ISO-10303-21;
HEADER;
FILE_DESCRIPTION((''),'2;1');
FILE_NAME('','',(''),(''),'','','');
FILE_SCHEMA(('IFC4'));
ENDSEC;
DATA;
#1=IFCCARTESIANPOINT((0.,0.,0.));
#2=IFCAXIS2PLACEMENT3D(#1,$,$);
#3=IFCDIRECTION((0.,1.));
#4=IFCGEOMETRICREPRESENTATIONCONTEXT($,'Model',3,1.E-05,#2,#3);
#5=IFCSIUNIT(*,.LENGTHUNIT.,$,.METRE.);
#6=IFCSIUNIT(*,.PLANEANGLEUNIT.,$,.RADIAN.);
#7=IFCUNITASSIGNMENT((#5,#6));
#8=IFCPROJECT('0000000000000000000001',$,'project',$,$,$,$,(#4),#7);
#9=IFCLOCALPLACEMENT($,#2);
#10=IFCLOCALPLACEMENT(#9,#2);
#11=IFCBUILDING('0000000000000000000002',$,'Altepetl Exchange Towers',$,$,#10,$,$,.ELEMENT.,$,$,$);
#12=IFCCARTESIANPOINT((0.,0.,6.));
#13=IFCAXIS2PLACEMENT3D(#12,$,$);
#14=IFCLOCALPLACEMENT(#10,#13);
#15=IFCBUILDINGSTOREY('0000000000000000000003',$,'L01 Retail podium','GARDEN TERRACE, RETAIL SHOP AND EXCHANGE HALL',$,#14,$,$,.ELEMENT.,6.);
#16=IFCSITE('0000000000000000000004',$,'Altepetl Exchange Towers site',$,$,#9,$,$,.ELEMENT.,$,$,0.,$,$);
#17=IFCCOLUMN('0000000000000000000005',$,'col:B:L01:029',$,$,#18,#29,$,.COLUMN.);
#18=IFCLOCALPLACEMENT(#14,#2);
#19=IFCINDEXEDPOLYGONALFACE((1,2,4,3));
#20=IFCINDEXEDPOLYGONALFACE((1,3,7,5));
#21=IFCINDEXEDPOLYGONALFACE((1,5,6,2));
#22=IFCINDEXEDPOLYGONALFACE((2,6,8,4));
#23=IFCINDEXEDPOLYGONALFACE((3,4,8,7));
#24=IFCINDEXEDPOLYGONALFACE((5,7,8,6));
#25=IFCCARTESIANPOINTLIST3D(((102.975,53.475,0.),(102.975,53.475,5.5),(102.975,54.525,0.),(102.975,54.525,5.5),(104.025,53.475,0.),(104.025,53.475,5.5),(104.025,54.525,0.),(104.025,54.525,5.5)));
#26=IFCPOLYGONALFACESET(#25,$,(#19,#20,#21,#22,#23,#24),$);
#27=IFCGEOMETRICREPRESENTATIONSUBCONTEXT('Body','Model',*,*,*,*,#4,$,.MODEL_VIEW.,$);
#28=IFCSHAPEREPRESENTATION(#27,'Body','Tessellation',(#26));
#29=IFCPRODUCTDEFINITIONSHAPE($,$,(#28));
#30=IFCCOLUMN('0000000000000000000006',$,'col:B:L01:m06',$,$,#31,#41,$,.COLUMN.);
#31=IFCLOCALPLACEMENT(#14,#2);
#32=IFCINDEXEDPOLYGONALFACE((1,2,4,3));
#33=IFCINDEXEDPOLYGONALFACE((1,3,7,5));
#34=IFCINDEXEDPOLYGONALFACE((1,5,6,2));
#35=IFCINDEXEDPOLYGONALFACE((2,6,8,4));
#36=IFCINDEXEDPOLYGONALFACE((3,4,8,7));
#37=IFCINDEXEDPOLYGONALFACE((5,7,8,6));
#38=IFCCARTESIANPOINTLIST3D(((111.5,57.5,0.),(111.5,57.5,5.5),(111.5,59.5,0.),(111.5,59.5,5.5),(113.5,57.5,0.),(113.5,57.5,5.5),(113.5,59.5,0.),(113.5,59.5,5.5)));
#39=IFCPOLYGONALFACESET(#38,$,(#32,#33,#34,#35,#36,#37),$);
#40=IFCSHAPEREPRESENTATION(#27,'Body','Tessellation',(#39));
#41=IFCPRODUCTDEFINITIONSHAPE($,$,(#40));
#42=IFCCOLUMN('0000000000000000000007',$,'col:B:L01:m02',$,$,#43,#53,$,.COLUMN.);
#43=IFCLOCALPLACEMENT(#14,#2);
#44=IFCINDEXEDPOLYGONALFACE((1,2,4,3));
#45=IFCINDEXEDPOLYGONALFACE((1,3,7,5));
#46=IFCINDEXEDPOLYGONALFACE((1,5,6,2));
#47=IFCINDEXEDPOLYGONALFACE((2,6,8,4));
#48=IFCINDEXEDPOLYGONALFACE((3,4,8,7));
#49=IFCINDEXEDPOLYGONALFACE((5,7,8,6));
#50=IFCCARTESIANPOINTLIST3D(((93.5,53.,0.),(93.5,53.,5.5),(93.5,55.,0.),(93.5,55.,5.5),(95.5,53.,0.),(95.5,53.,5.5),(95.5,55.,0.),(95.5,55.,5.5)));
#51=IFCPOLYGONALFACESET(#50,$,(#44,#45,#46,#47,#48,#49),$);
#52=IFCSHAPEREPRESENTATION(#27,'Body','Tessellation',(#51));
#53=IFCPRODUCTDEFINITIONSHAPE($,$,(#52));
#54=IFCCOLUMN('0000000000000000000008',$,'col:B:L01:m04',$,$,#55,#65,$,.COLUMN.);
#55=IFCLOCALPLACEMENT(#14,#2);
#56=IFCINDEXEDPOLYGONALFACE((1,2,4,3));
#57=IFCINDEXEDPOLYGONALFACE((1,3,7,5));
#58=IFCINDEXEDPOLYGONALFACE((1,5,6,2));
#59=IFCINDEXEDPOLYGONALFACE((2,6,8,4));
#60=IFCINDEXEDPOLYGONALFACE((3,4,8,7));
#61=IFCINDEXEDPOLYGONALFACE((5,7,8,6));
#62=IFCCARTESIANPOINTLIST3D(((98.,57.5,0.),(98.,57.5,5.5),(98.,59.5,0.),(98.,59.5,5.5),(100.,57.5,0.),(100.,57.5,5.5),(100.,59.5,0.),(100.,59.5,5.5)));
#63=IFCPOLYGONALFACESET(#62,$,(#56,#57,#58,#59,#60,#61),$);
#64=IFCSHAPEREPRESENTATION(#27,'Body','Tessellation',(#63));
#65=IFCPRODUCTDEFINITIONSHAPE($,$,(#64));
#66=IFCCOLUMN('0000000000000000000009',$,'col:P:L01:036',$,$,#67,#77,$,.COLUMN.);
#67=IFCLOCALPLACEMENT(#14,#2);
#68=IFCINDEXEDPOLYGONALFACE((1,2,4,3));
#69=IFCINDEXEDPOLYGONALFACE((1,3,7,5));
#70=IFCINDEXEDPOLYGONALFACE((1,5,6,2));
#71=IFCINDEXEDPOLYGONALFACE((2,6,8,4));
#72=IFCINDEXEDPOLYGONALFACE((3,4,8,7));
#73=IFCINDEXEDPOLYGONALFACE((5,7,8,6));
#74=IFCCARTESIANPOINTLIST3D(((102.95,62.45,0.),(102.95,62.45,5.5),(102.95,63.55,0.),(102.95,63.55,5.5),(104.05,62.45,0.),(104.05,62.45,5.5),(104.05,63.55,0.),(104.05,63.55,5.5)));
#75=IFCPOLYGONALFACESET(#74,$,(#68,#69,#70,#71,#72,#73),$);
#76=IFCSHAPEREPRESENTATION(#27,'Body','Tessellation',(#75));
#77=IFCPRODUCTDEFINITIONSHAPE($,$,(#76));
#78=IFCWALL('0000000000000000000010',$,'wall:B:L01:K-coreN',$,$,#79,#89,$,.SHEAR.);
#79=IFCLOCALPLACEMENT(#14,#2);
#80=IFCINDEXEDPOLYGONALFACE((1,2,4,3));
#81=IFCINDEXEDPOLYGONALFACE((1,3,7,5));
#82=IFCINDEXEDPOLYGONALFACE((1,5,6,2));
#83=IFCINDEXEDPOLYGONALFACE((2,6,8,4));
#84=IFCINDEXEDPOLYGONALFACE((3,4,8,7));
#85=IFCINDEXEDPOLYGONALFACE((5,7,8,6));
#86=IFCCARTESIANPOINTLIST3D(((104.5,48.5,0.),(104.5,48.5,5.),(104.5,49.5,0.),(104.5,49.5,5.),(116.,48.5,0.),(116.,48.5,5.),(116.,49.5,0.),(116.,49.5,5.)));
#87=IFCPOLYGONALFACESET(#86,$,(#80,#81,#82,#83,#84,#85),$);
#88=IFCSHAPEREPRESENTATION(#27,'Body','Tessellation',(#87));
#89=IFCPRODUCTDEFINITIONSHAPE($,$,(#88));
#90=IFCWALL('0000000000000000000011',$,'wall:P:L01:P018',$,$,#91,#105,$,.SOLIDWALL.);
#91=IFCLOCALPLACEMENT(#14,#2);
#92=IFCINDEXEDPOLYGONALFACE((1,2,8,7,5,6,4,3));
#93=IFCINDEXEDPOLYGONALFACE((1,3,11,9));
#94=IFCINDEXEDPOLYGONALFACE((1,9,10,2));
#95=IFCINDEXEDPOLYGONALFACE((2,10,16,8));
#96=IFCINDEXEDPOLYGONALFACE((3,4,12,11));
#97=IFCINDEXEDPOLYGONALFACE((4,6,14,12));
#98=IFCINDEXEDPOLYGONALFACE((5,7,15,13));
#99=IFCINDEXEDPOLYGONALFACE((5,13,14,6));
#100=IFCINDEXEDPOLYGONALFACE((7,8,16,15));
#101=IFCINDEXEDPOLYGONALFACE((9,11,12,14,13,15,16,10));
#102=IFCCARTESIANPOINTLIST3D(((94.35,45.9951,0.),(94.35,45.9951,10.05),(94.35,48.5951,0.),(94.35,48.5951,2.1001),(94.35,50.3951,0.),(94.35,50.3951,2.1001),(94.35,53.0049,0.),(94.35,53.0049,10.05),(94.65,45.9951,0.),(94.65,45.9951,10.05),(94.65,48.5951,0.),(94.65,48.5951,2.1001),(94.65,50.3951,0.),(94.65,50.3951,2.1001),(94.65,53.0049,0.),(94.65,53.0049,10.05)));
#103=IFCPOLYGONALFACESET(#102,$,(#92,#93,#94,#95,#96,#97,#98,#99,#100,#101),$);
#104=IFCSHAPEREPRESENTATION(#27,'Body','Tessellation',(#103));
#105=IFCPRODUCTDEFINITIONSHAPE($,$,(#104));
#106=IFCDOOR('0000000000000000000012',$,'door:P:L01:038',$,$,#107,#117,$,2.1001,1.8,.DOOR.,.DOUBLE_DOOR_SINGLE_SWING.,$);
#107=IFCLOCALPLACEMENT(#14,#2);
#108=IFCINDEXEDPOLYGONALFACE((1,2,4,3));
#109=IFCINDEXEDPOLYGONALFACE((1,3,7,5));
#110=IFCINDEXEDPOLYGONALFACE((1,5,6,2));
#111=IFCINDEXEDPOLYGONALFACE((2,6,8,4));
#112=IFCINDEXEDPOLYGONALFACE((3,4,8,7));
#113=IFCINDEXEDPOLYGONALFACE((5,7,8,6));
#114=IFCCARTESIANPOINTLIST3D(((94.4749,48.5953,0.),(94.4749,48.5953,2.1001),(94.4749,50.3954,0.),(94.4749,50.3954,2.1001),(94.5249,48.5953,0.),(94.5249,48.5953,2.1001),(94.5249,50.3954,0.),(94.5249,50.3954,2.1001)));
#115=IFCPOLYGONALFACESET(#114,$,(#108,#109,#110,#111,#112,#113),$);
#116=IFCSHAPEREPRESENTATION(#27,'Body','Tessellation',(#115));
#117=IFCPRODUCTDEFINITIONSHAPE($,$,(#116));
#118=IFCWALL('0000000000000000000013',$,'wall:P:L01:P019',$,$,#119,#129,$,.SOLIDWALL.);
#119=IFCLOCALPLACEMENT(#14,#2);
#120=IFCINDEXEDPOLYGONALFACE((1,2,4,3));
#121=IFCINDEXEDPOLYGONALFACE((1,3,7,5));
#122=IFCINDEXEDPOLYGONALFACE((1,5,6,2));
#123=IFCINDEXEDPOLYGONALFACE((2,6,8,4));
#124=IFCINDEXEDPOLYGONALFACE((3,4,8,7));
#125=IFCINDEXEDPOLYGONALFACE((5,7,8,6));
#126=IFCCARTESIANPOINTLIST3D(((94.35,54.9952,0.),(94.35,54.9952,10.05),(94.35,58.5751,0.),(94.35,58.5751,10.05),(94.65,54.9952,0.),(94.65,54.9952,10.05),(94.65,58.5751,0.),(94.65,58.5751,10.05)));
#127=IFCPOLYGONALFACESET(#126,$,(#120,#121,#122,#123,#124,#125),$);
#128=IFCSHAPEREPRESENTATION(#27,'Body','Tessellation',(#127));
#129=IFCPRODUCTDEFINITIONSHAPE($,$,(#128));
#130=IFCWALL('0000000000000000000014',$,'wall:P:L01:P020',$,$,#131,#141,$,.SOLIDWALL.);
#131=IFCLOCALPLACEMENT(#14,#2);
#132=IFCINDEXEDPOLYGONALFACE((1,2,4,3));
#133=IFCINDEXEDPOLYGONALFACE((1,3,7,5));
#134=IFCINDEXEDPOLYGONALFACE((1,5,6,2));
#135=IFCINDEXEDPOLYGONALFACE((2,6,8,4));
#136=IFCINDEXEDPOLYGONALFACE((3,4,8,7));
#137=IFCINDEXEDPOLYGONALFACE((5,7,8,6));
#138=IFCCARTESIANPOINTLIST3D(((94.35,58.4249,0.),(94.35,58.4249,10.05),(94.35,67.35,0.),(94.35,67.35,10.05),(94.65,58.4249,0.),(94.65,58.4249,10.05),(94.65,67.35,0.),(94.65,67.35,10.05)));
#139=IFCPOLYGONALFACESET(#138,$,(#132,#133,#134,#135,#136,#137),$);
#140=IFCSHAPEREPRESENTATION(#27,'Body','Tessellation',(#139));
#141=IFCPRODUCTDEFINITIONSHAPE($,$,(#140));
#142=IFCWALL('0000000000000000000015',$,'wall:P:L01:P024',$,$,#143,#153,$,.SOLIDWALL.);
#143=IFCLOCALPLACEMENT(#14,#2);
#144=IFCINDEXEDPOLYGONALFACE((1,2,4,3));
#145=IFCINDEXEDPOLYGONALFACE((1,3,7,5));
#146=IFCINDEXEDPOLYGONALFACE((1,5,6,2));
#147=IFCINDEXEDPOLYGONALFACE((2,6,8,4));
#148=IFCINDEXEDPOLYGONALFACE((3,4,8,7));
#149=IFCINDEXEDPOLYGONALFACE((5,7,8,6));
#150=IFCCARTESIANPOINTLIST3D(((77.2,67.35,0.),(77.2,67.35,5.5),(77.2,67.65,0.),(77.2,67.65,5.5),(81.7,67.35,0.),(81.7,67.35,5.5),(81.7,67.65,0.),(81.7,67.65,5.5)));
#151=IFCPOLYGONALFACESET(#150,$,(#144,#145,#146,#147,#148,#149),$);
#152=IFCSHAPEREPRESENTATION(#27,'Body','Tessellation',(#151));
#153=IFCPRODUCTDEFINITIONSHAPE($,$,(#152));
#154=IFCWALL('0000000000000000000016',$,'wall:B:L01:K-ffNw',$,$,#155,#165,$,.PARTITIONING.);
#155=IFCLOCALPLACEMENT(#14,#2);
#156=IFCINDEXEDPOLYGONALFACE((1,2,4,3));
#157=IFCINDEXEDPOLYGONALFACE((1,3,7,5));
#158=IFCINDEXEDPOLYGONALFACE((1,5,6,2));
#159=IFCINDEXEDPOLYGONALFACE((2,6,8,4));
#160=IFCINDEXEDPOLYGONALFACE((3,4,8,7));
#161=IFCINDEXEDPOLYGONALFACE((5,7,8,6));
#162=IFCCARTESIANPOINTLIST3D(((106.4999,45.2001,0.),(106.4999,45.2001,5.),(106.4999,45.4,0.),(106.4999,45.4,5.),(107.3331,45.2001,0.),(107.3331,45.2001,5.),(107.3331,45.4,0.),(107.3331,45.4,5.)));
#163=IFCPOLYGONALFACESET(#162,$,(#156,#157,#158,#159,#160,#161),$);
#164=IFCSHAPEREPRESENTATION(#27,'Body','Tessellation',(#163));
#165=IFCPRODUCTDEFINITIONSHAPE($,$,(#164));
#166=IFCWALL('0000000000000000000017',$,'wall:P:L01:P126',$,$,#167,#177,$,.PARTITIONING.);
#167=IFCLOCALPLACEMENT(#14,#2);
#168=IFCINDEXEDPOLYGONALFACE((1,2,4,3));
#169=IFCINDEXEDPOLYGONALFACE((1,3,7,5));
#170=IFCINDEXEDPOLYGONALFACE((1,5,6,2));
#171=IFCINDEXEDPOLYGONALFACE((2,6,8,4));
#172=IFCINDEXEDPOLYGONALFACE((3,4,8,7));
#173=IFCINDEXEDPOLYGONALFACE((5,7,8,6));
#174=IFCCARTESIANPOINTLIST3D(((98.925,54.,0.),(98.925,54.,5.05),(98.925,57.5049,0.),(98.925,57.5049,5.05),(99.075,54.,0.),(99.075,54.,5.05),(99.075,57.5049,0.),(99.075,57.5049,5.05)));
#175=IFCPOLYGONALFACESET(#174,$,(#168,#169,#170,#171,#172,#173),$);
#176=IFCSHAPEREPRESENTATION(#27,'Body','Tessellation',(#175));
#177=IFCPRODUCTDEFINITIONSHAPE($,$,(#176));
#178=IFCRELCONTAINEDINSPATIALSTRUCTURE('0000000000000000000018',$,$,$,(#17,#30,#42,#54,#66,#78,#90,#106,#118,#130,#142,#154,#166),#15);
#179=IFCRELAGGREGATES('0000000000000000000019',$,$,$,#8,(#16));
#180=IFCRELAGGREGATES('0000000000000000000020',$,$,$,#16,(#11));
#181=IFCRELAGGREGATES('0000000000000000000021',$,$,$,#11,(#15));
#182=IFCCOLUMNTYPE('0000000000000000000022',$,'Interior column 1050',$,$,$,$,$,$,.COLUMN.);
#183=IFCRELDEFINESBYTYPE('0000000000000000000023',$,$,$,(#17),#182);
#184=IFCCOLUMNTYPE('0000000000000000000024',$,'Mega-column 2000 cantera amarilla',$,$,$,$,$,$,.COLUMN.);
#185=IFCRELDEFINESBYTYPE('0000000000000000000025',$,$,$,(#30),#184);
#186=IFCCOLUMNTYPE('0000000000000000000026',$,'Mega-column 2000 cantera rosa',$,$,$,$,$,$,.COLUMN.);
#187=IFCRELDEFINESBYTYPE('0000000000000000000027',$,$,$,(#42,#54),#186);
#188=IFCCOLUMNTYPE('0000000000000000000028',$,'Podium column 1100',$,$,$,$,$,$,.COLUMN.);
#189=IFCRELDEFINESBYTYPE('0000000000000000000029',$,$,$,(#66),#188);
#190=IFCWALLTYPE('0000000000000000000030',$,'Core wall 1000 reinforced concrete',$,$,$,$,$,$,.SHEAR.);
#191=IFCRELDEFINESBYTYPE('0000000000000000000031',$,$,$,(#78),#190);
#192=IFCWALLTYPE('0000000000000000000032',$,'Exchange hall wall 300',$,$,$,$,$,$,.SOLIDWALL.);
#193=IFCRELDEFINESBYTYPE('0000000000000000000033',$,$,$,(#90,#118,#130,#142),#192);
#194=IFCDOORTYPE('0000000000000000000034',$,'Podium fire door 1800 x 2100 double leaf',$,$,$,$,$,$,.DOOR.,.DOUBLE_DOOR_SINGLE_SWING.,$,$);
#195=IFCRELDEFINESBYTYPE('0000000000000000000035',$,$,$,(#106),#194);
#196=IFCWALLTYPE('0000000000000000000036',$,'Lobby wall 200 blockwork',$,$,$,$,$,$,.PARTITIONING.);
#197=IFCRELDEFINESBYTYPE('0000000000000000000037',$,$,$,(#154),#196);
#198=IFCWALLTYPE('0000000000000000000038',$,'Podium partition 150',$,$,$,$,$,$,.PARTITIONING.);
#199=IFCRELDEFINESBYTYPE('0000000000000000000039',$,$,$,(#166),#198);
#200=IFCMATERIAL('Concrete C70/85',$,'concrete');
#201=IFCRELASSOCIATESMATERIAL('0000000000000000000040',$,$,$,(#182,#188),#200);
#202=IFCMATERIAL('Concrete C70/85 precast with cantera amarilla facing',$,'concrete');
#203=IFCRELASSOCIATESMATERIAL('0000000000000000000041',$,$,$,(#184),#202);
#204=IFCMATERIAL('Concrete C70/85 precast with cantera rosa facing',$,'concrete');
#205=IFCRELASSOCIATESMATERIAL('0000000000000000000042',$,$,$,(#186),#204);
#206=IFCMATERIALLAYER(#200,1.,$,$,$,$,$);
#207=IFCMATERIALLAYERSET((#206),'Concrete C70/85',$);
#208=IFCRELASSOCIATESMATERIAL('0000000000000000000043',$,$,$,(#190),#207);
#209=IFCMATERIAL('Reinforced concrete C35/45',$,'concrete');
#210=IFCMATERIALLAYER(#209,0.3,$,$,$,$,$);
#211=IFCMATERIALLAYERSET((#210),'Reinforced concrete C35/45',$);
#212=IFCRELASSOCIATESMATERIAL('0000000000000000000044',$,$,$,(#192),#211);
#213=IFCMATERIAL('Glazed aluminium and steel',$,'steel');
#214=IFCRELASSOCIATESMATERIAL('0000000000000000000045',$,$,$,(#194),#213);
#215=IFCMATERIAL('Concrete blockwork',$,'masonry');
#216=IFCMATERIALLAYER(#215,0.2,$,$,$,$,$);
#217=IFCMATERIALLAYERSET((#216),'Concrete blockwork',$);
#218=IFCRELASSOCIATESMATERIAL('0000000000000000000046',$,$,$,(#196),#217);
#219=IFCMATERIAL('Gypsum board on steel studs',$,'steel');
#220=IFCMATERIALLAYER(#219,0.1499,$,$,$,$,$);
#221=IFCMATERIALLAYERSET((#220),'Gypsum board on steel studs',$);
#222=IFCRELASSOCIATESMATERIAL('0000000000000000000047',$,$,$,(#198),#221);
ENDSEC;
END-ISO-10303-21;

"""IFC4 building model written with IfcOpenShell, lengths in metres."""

from ifc_helpers import new_model, si_unit, direction, frame, frame_2d, origin, origin_2d, place, context, subcontext, project, spatial, rectangle, extrude, material, layer, layer_set, material_profile, profile_set, type_object, element, fill, save


model = new_model("IFC4")

# Units and contexts
model_context = context("Model", 3, precision=1e-05, world=origin(), true_north=direction((0.0, 1.0)))
body_context = subcontext(model_context, "Body", "Model", "MODEL_VIEW")
ifc_project = project(units=[si_unit("LENGTHUNIT", "METRE"), si_unit("PLANEANGLEUNIT", "RADIAN")], contexts=[model_context])

# Site, building, storey
site_placement = place(None, origin())
site = spatial("IfcSite", under=ifc_project, at=site_placement, Name="Altepetl Exchange Towers site", CompositionType="ELEMENT", RefElevation=0.0)
building_placement = place(site_placement, origin())
building = spatial("IfcBuilding", under=site, at=building_placement, Name="Altepetl Exchange Towers", CompositionType="ELEMENT")
storey_placement = place(building_placement, frame((0.0, 0.0, 6.0)))
storey = spatial("IfcBuildingStorey", under=building, at=storey_placement, Name="L01 Retail podium", Description="GARDEN TERRACE, RETAIL SHOP AND EXCHANGE HALL", CompositionType="ELEMENT", Elevation=6.0)

# Columns
ifc_material_1 = material(Name="Concrete C70/85", Category="concrete")
ifc_material_profile_1 = material_profile(ifc_material_1, rectangle(XDim=1.05, YDim=1.05, at=origin_2d()), Name="1050 x 1050")
ifc_profile_set_1 = profile_set([ifc_material_profile_1], Name="Concrete C70/85")
column_type_1 = type_object("IfcColumnType", Name="Interior column 1050", PredefinedType="COLUMN", material=ifc_profile_set_1)
column_1_placement = place(storey_placement, frame((103.5, 54.0, 0.0)))
element("IfcColumn", 1, at=column_1_placement, inside=storey, type_object=column_type_1, Name="col:B:L01:029", PredefinedType="COLUMN", context=body_context, shape_type="SweptSolid", body=[
    extrude(rectangle(XDim=1.05, YDim=1.05, at=origin_2d()), origin(), (0.0, 0.0, 1.0), 5.5),
])
ifc_material_2 = material(Name="Concrete C70/85 precast with cantera amarilla facing", Category="concrete")
ifc_material_profile_2 = material_profile(ifc_material_2, rectangle(XDim=2.0, YDim=2.0, at=origin_2d()), Name="2000 x 2000")
ifc_profile_set_2 = profile_set([ifc_material_profile_2], Name="Concrete C70/85 precast with cantera amarilla facing")
column_type_2 = type_object("IfcColumnType", Name="Mega-column 2000 cantera amarilla", PredefinedType="COLUMN", material=ifc_profile_set_2)
column_2_placement = place(storey_placement, frame((112.5, 58.5, 0.0)))
element("IfcColumn", 2, at=column_2_placement, inside=storey, type_object=column_type_2, Name="col:B:L01:m06", PredefinedType="COLUMN", context=body_context, shape_type="SweptSolid", body=[
    extrude(rectangle(XDim=2.0, YDim=2.0, at=origin_2d()), origin(), (0.0, 0.0, 1.0), 5.5),
])
ifc_material_3 = material(Name="Concrete C70/85 precast with cantera rosa facing", Category="concrete")
ifc_material_profile_3 = material_profile(ifc_material_3, rectangle(XDim=2.0, YDim=2.0, at=origin_2d()), Name="2000 x 2000")
ifc_profile_set_3 = profile_set([ifc_material_profile_3], Name="Concrete C70/85 precast with cantera rosa facing")
column_type_3 = type_object("IfcColumnType", Name="Mega-column 2000 cantera rosa", PredefinedType="COLUMN", material=ifc_profile_set_3)
for number, where, name in (
    (3, (94.5, 54.0, 0.0), "col:B:L01:m02"),
    (4, (99.0, 58.5, 0.0), "col:B:L01:m04"),
):
    element("IfcColumn", number, at=place(storey_placement, frame(where)), inside=storey, type_object=column_type_3, Name=name, PredefinedType="COLUMN", context=body_context, shape_type="SweptSolid", body=[
        extrude(rectangle(XDim=2.0, YDim=2.0, at=origin_2d()), origin(), (0.0, 0.0, 1.0), 5.5),
    ])
ifc_material_profile_4 = material_profile(ifc_material_1, rectangle(XDim=1.1001, YDim=1.1001, at=origin_2d()), Name="1100 x 1100")
ifc_profile_set_4 = profile_set([ifc_material_profile_4], Name="Concrete C70/85")
column_type_4 = type_object("IfcColumnType", Name="Podium column 1100", PredefinedType="COLUMN", material=ifc_profile_set_4)
column_3_placement = place(storey_placement, frame((103.5, 63.0, 0.0)))
element("IfcColumn", 5, at=column_3_placement, inside=storey, type_object=column_type_4, Name="col:P:L01:036", PredefinedType="COLUMN", context=body_context, shape_type="SweptSolid", body=[
    extrude(rectangle(XDim=1.1001, YDim=1.1001, at=origin_2d()), origin(), (0.0, 0.0, 1.0), 5.5),
])

# Wall
ifc_layer_1 = layer(ifc_material_1, 1.0)
ifc_layer_set_1 = layer_set([ifc_layer_1], Name="Concrete C70/85")
wall_type_1 = type_object("IfcWallType", Name="Core wall 1000 reinforced concrete", PredefinedType="SHEAR", material=ifc_layer_set_1)
wall_1_placement = place(storey_placement, frame((104.5, 49.0, 0.0)))
element("IfcWall", 6, at=wall_1_placement, inside=storey, type_object=wall_type_1, Name="wall:B:L01:K-coreN", PredefinedType="SHEAR", context=body_context, shape_type="SweptSolid", body=[
    extrude(rectangle(XDim=11.5, YDim=1.0, at=frame_2d((5.75, 0.0))), origin(), (0.0, 0.0, 1.0), 5.0),
])

# Wall, opening, door
ifc_material_4 = material(Name="Reinforced concrete C35/45", Category="concrete")
ifc_layer_2 = layer(ifc_material_4, 0.3)
ifc_layer_set_2 = layer_set([ifc_layer_2], Name="Reinforced concrete C35/45")
wall_type_2 = type_object("IfcWallType", Name="Exchange hall wall 300", PredefinedType="SOLIDWALL", material=ifc_layer_set_2)
wall_2_placement = place(storey_placement, frame((94.5, 45.9951, 0.0), z_axis=(0.0, 0.0, 1.0), x_axis=(0.0, 1.0, 0.0)))
wall_2 = element("IfcWall", 7, at=wall_2_placement, inside=storey, type_object=wall_type_2, Name="wall:P:L01:P018", PredefinedType="SOLIDWALL", context=body_context, shape_type="SweptSolid", body=[
    extrude(rectangle(XDim=7.0098, YDim=0.3, at=frame_2d((3.5049, 0.0))), origin(), (0.0, 0.0, 1.0), 10.05),
])
opening_1_placement = place(wall_2_placement, frame((2.6001, 0.0, 0.0)))
opening_1 = element("IfcOpeningElement", 8, at=opening_1_placement, cuts=wall_2, PredefinedType="OPENING", context=body_context, shape_type="SweptSolid", body=[
    extrude(rectangle(XDim=1.8, YDim=2.1001, at=frame_2d((0.8999, 1.05))), frame((0.0, 0.1602, 0.0), z_axis=(0.0, -1.0, 0.0), x_axis=(1.0, 0.0, 0.0)), (0.0, 0.0, 1.0), 0.3201),
])
ifc_material_5 = material(Name="Glazed aluminium and steel", Category="steel")
door_type_1 = type_object("IfcDoorType", Name="Podium fire door 1800 x 2100 double leaf", OperationType="DOUBLE_DOOR_SINGLE_SWING", PredefinedType="DOOR", material=ifc_material_5)
door_1_placement = place(opening_1_placement, frame((1.8, 0.0, 0.0), x_axis=(-1.0, 0.0, 0.0)))
door_1 = element("IfcDoor", 9, at=door_1_placement, inside=storey, type_object=door_type_1, Name="door:P:L01:038", OperationType="DOUBLE_DOOR_SINGLE_SWING", OverallHeight=2.1001, OverallWidth=1.8, PredefinedType="DOOR", context=body_context, shape_type="SweptSolid", body=[
    extrude(rectangle(XDim=1.8, YDim=2.1001, at=frame_2d((0.8999, 1.05))), frame((0.0, 0.0249, 0.0), z_axis=(0.0, -1.0, 0.0), x_axis=(1.0, 0.0, 0.0)), (0.0, 0.0, 1.0), 0.05),
])
fill(opening_1, door_1)

# Walls
wall_3_placement = place(storey_placement, frame((94.5, 54.9951, 0.0), z_axis=(0.0, 0.0, 1.0), x_axis=(0.0, 1.0, 0.0)))
element("IfcWall", 10, at=wall_3_placement, inside=storey, type_object=wall_type_2, Name="wall:P:L01:P019", PredefinedType="SOLIDWALL", context=body_context, shape_type="SweptSolid", body=[
    extrude(rectangle(XDim=3.5798, YDim=0.3, at=frame_2d((1.79, 0.0))), origin(), (0.0, 0.0, 1.0), 10.05),
])
wall_4_placement = place(storey_placement, frame((94.5, 58.425, 0.0), z_axis=(0.0, 0.0, 1.0), x_axis=(0.0, 1.0, 0.0)))
element("IfcWall", 11, at=wall_4_placement, inside=storey, type_object=wall_type_2, Name="wall:P:L01:P020", PredefinedType="SOLIDWALL", context=body_context, shape_type="SweptSolid", body=[
    extrude(rectangle(XDim=8.925, YDim=0.3, at=frame_2d((4.4624, 0.0))), origin(), (0.0, 0.0, 1.0), 10.05),
])
wall_5_placement = place(storey_placement, frame((77.2, 67.5, 0.0)))
element("IfcWall", 12, at=wall_5_placement, inside=storey, type_object=wall_type_2, Name="wall:P:L01:P024", PredefinedType="SOLIDWALL", context=body_context, shape_type="SweptSolid", body=[
    extrude(rectangle(XDim=4.5, YDim=0.3, at=frame_2d((2.25, 0.0))), origin(), (0.0, 0.0, 1.0), 5.5),
])
ifc_material_6 = material(Name="Concrete blockwork", Category="masonry")
ifc_layer_3 = layer(ifc_material_6, 0.2)
ifc_layer_set_3 = layer_set([ifc_layer_3], Name="Concrete blockwork")
wall_type_3 = type_object("IfcWallType", Name="Lobby wall 200 blockwork", PredefinedType="PARTITIONING", material=ifc_layer_set_3)
wall_6_placement = place(storey_placement, frame((106.5, 45.3, 0.0)))
element("IfcWall", 13, at=wall_6_placement, inside=storey, type_object=wall_type_3, Name="wall:B:L01:K-ffNw", PredefinedType="PARTITIONING", context=body_context, shape_type="SweptSolid", body=[
    extrude(rectangle(XDim=0.8333, YDim=0.2, at=frame_2d((0.4165, 0.0))), origin(), (0.0, 0.0, 1.0), 5.0),
])
ifc_material_7 = material(Name="Gypsum board on steel studs", Category="steel")
ifc_layer_4 = layer(ifc_material_7, 0.1499)
ifc_layer_set_4 = layer_set([ifc_layer_4], Name="Gypsum board on steel studs")
wall_type_4 = type_object("IfcWallType", Name="Podium partition 150", PredefinedType="PARTITIONING", material=ifc_layer_set_4)
wall_7_placement = place(storey_placement, frame((99.0, 54.0, 0.0), z_axis=(0.0, 0.0, 1.0), x_axis=(0.0, 1.0, 0.0)))
element("IfcWall", 14, at=wall_7_placement, inside=storey, type_object=wall_type_4, Name="wall:P:L01:P126", PredefinedType="PARTITIONING", context=body_context, shape_type="SweptSolid", body=[
    extrude(rectangle(XDim=3.5049, YDim=0.1499, at=frame_2d((1.7524, 0.0))), origin(), (0.0, 0.0, 1.0), 5.05),
])

save(model, "model.ifc")
